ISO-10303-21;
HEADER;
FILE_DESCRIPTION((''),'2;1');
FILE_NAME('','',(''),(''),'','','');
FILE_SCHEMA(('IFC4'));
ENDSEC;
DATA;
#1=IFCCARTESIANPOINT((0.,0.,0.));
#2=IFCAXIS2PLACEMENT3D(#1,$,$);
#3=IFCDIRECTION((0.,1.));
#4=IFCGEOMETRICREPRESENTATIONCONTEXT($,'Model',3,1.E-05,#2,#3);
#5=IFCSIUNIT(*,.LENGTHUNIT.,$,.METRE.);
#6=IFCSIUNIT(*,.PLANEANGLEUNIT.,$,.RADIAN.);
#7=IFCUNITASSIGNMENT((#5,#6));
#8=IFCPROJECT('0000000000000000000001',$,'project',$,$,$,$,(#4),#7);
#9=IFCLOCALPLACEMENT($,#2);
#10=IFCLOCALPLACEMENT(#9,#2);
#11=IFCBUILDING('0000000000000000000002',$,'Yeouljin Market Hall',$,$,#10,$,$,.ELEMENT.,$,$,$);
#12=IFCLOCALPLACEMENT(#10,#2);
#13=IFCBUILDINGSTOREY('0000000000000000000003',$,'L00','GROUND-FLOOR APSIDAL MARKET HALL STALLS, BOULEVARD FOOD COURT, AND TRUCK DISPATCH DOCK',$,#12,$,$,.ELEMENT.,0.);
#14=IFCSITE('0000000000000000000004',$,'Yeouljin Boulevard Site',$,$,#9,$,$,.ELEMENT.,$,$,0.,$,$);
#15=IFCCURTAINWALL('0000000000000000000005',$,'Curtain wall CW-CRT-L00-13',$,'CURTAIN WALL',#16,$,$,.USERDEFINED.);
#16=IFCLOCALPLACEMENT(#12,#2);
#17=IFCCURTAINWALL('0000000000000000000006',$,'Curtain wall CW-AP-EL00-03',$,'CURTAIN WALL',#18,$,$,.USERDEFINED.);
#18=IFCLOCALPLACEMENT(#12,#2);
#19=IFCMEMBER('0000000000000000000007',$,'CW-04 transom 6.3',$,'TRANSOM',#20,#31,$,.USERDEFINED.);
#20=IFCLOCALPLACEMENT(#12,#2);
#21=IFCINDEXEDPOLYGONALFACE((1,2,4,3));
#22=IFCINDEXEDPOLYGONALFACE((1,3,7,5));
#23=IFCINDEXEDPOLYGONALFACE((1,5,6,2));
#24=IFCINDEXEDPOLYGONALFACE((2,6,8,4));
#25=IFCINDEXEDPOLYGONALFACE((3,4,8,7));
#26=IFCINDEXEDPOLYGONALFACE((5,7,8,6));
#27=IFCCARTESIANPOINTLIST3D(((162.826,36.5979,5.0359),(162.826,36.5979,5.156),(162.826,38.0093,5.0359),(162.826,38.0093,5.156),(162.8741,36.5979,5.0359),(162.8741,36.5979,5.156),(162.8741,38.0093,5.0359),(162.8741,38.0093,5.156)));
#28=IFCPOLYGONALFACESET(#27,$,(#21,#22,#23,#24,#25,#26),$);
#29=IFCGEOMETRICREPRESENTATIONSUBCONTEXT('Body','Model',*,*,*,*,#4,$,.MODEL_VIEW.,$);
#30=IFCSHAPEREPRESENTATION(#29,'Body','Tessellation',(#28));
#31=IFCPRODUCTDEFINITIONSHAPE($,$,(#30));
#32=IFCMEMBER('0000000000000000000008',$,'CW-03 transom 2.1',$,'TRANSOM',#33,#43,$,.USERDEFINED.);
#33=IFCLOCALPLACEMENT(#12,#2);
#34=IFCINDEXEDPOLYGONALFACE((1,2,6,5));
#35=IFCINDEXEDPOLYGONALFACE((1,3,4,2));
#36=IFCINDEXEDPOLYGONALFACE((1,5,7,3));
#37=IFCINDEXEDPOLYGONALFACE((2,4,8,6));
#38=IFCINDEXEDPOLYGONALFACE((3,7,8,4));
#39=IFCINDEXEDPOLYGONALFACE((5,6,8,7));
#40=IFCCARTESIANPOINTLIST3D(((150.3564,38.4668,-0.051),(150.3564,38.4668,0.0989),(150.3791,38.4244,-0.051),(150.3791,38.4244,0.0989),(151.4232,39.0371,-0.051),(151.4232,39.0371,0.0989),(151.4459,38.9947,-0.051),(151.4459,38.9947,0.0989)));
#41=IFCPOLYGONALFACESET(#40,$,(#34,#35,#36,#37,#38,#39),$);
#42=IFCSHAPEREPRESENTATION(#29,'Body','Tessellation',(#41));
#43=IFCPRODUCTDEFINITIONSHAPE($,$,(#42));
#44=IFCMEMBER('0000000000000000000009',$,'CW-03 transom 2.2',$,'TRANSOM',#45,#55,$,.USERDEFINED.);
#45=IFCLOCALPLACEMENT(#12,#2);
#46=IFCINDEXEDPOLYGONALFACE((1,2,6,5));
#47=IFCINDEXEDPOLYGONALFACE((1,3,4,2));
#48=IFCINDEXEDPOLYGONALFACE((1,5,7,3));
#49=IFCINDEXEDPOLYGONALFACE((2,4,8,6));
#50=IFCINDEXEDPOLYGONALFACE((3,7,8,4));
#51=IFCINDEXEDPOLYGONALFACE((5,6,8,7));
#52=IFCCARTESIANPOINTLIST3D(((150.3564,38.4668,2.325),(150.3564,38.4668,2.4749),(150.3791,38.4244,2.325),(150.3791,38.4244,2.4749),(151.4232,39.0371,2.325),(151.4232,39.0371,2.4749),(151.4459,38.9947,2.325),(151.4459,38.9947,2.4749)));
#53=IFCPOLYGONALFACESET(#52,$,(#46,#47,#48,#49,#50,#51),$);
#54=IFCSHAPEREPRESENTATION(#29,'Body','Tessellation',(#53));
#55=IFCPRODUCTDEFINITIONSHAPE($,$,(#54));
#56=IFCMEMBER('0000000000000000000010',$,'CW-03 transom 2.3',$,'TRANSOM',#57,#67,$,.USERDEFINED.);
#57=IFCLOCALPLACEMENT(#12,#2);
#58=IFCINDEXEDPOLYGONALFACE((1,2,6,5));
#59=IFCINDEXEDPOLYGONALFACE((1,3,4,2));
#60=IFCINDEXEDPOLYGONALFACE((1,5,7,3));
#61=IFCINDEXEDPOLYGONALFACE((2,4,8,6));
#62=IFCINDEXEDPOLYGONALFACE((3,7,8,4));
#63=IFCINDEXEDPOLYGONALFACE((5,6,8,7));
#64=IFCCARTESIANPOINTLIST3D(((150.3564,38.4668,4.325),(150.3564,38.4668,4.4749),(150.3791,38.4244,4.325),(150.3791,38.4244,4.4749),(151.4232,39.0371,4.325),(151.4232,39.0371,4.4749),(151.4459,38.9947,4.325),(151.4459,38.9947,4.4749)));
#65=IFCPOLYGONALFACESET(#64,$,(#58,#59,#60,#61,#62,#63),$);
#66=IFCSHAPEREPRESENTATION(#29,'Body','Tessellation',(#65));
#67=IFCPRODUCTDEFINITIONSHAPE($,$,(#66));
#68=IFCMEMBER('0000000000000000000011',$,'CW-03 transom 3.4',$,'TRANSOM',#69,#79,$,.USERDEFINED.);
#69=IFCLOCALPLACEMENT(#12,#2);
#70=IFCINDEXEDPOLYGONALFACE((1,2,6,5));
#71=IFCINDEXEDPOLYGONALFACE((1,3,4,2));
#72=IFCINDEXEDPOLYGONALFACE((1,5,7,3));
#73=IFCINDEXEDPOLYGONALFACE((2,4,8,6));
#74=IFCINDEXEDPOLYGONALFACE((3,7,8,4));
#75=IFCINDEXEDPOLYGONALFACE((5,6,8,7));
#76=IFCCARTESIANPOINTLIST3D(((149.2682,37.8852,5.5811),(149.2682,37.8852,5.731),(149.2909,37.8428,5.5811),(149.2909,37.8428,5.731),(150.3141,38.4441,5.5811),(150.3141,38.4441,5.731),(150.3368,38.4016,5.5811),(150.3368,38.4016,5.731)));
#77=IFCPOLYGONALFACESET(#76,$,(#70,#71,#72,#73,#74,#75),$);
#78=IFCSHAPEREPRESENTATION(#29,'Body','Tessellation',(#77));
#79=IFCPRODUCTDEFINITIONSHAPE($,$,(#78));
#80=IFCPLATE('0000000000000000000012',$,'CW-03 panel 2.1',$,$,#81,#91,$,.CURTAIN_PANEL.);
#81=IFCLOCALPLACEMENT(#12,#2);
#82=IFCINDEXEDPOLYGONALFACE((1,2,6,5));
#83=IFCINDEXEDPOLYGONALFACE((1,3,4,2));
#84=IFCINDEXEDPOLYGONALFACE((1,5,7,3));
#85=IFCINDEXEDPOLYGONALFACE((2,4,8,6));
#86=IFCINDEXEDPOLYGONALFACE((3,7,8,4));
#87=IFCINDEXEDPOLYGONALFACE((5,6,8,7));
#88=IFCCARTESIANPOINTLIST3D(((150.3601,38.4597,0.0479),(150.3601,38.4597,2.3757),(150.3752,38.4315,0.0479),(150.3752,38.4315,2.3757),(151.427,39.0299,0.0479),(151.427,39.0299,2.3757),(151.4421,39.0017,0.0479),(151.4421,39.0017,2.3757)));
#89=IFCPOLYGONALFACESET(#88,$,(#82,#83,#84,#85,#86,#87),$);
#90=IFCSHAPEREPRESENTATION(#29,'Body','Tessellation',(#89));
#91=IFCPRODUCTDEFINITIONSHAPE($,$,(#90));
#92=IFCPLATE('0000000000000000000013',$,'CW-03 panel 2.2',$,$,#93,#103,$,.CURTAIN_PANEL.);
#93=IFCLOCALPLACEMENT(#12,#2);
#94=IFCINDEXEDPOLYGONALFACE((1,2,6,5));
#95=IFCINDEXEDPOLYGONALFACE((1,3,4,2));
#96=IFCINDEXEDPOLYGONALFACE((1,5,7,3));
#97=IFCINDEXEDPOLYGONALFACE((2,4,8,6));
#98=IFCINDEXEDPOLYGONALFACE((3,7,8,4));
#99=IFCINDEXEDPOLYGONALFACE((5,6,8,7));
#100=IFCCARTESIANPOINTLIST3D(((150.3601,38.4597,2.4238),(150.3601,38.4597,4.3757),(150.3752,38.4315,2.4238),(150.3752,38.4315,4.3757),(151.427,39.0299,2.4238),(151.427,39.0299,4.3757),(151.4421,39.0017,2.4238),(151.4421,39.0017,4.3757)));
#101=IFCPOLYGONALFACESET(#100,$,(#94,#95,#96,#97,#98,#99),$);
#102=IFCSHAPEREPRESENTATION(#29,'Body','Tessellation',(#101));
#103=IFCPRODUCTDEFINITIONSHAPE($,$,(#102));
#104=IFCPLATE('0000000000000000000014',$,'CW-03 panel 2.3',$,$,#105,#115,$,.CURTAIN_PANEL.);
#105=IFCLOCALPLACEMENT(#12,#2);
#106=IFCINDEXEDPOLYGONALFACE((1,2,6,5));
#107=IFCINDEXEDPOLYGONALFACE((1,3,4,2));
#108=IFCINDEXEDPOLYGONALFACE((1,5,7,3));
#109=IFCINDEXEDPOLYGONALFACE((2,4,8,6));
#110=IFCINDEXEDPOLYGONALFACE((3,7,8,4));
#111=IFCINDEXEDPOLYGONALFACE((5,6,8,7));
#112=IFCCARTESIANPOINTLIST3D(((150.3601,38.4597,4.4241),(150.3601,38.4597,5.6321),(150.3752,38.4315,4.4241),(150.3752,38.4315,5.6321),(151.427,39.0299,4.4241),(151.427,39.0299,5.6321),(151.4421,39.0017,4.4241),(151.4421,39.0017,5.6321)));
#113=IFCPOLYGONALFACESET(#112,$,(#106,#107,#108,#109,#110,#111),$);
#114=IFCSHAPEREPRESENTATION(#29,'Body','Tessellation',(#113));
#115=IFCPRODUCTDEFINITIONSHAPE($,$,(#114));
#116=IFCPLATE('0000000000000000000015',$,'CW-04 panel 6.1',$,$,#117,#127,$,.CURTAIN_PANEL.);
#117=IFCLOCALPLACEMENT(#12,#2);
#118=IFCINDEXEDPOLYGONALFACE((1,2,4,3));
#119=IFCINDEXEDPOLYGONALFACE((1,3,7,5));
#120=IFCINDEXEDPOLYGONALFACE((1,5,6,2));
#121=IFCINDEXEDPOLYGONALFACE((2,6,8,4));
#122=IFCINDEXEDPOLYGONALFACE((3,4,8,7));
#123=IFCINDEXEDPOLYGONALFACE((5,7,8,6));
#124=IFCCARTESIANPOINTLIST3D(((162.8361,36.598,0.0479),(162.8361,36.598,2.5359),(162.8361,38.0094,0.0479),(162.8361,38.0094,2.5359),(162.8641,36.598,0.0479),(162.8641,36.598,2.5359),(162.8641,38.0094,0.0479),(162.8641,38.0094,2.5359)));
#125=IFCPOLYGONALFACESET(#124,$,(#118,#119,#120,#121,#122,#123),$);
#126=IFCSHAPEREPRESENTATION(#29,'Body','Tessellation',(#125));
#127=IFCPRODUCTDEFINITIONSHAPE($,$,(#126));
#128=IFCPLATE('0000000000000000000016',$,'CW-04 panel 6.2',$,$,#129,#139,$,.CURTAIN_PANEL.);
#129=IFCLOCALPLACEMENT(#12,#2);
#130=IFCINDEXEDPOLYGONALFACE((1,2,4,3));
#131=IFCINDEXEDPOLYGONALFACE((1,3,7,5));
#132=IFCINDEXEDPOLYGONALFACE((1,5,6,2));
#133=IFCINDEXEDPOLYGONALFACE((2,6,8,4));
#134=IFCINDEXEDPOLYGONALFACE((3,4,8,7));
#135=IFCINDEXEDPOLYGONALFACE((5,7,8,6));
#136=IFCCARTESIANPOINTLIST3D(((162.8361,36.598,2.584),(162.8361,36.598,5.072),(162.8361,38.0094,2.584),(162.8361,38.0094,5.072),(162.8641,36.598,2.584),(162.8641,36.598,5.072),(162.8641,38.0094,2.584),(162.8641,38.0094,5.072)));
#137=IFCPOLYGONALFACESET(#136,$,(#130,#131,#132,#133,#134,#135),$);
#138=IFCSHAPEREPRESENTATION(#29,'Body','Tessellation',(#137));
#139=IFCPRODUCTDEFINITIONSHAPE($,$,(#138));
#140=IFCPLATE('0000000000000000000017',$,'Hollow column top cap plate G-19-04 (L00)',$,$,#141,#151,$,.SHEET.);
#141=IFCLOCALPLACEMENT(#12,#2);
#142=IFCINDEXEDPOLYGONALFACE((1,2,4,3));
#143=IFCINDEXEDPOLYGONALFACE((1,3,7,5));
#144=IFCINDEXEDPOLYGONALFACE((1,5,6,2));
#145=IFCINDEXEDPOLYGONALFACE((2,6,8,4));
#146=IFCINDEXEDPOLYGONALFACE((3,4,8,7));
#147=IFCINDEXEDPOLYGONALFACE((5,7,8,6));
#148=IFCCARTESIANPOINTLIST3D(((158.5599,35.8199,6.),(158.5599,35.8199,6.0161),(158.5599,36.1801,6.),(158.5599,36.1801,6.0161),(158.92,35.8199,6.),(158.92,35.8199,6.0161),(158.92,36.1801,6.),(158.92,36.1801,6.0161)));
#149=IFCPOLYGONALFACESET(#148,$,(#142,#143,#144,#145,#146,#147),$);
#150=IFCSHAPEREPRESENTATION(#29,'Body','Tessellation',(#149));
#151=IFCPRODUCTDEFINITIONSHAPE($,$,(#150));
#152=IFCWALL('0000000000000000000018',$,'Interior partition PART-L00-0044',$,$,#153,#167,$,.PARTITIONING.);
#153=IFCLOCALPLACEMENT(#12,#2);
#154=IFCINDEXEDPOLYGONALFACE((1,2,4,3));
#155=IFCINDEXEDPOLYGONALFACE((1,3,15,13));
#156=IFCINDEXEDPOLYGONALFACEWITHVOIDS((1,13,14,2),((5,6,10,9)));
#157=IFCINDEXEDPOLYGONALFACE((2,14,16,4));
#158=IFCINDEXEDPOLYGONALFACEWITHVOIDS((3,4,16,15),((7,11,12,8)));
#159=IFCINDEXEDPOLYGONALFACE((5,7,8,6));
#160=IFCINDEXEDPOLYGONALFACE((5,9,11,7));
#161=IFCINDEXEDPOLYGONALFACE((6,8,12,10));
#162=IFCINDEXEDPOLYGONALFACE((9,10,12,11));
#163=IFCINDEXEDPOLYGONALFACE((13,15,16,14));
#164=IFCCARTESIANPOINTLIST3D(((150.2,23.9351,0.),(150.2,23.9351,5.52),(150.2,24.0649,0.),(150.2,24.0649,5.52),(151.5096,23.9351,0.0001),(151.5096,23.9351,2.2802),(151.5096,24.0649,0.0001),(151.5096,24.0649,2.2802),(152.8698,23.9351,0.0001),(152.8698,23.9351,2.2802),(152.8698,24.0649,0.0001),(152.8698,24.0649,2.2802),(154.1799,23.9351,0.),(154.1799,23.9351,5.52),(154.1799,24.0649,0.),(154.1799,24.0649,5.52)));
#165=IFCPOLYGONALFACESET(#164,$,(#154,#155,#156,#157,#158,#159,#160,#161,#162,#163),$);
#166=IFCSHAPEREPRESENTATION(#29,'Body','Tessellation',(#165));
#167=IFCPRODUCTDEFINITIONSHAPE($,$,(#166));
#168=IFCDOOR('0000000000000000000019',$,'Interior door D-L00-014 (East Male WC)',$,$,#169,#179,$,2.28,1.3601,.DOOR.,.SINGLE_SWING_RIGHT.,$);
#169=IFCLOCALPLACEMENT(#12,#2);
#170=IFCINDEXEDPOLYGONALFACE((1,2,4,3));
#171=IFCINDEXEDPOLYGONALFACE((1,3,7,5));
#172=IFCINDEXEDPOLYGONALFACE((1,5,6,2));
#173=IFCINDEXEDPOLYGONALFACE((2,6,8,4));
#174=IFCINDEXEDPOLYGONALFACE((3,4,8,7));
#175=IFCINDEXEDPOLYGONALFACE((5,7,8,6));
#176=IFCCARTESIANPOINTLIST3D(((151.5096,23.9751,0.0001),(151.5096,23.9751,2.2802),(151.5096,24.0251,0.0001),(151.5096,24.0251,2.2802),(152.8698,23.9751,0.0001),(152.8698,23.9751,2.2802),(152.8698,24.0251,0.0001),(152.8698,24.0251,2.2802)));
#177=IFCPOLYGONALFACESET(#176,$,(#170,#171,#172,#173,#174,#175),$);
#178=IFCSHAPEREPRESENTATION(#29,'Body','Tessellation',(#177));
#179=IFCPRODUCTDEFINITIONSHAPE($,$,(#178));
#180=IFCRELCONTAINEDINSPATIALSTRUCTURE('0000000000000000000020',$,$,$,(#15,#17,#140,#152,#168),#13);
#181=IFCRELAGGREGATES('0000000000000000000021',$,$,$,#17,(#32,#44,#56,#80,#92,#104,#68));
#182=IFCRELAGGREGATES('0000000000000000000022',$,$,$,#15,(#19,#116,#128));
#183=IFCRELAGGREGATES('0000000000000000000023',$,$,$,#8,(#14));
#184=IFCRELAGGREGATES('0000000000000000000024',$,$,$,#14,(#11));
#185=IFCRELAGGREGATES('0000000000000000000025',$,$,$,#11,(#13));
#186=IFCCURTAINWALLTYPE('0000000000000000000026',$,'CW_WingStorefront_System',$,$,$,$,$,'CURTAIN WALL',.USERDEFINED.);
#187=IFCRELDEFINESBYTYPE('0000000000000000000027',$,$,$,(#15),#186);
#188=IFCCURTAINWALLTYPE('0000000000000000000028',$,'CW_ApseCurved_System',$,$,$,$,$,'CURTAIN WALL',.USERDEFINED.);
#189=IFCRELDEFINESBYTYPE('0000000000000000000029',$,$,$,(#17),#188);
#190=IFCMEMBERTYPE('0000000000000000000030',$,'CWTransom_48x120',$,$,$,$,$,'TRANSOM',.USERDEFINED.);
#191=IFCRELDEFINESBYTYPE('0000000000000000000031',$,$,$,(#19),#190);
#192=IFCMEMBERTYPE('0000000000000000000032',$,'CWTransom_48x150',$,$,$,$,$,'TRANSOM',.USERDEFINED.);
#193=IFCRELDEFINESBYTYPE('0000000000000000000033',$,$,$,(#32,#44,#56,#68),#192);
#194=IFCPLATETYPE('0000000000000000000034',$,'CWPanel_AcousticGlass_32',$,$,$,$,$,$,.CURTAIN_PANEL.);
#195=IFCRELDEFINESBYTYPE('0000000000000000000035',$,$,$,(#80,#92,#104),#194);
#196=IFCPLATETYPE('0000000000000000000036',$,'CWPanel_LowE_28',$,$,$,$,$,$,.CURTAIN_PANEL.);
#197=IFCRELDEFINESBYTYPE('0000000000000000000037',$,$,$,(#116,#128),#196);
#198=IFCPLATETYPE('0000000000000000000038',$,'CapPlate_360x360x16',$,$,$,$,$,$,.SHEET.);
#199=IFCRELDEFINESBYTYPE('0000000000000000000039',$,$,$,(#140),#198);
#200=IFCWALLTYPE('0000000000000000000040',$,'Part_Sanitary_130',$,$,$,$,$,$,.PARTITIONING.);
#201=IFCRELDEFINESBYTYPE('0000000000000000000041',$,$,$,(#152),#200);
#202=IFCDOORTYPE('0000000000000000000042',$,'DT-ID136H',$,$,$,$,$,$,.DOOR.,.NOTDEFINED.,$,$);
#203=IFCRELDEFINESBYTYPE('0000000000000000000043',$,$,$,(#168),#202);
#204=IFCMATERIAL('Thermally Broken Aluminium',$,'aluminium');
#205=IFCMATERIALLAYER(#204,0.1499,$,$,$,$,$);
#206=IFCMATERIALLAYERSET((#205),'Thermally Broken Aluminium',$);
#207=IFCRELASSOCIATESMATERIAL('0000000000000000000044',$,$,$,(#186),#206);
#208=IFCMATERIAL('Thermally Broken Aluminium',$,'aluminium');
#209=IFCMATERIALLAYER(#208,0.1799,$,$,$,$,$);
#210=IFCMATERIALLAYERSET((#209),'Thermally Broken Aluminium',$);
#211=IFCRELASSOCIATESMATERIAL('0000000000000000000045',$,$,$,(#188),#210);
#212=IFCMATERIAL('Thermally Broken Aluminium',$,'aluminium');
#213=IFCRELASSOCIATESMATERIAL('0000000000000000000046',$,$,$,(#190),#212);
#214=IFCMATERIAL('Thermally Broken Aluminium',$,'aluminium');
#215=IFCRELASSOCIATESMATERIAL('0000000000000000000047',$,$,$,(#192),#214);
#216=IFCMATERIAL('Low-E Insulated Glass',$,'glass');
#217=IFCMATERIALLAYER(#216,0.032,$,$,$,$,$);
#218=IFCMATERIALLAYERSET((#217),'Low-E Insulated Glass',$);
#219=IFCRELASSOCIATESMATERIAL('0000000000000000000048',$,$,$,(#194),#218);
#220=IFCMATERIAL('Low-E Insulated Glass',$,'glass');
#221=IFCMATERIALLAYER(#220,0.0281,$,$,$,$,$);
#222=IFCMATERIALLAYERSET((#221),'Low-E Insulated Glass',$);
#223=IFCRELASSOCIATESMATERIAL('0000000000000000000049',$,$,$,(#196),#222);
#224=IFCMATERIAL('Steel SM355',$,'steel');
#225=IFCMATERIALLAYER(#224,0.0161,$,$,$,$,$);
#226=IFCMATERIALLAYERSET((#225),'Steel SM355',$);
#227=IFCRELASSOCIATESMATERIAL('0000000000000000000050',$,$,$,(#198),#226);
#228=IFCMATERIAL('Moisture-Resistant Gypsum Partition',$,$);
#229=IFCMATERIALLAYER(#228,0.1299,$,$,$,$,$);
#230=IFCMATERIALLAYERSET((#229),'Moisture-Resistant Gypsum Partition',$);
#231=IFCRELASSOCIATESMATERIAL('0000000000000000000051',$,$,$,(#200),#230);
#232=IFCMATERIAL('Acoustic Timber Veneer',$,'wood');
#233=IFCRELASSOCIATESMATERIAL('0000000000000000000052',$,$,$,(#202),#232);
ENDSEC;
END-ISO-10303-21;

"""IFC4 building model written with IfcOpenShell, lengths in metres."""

from ifc_helpers import new_model, si_unit, direction, frame, frame_2d, origin, origin_2d, place, context, subcontext, project, spatial, rectangle, extrude, material, layer, layer_set, material_profile, profile_set, type_object, element, fill, aggregate, save


model = new_model("IFC4")

# Units and contexts
model_context = context("Model", 3, precision=1e-05, world=origin(), true_north=direction((0.0, 1.0)))
body_context = subcontext(model_context, "Body", "Model", "MODEL_VIEW")
ifc_project = project(units=[si_unit("LENGTHUNIT", "METRE"), si_unit("PLANEANGLEUNIT", "RADIAN")], contexts=[model_context])

# Site, building, storey
site_placement = place(None, origin())
site = spatial("IfcSite", under=ifc_project, at=site_placement, Name="Yeouljin Boulevard Site", CompositionType="ELEMENT", RefElevation=0.0)
building_placement = place(site_placement, origin())
building = spatial("IfcBuilding", under=site, at=building_placement, Name="Yeouljin Market Hall", CompositionType="ELEMENT")
storey_placement = place(building_placement, origin())
storey = spatial("IfcBuildingStorey", under=building, at=storey_placement, Name="L00", Description="GROUND-FLOOR APSIDAL MARKET HALL STALLS, BOULEVARD FOOD COURT, AND TRUCK DISPATCH DOCK", CompositionType="ELEMENT", Elevation=0.0)

# Curtain wall
ifc_material_1 = material(Name="Thermally Broken Aluminium", Category="aluminium")
ifc_layer_1 = layer(ifc_material_1, 0.1499)
ifc_layer_set_1 = layer_set([ifc_layer_1], Name="Thermally Broken Aluminium")
curtain_wall_type_1 = type_object("IfcCurtainWallType", Name="CW_WingStorefront_System", ElementType="CURTAIN WALL", PredefinedType="USERDEFINED", material=ifc_layer_set_1)
curtain_wall_1_placement = place(storey_placement, origin())
curtain_wall_1 = element("IfcCurtainWall", 1, at=curtain_wall_1_placement, inside=storey, type_object=curtain_wall_type_1, Name="Curtain wall CW-CRT-L00-13", ObjectType="CURTAIN WALL", PredefinedType="USERDEFINED")

# Curtain wall
ifc_material_2 = material(Name="Thermally Broken Aluminium", Category="aluminium")
ifc_layer_2 = layer(ifc_material_2, 0.1799)
ifc_layer_set_2 = layer_set([ifc_layer_2], Name="Thermally Broken Aluminium")
curtain_wall_type_2 = type_object("IfcCurtainWallType", Name="CW_ApseCurved_System", ElementType="CURTAIN WALL", PredefinedType="USERDEFINED", material=ifc_layer_set_2)
curtain_wall_2_placement = place(storey_placement, origin())
curtain_wall_2 = element("IfcCurtainWall", 2, at=curtain_wall_2_placement, inside=storey, type_object=curtain_wall_type_2, Name="Curtain wall CW-AP-EL00-03", ObjectType="CURTAIN WALL", PredefinedType="USERDEFINED")

# Members
ifc_material_3 = material(Name="Thermally Broken Aluminium", Category="aluminium")
ifc_material_profile_1 = material_profile(ifc_material_3, rectangle(XDim=0.0481, YDim=0.1201, at=origin_2d()), Name="CW-TRAN-48x120")
ifc_profile_set_1 = profile_set([ifc_material_profile_1], Name="Thermally Broken Aluminium")
member_type_1 = type_object("IfcMemberType", Name="CWTransom_48x120", ElementType="TRANSOM", PredefinedType="USERDEFINED", material=ifc_profile_set_1)
member_1_placement = place(storey_placement, frame((162.8501, 38.0093, 5.0959), z_axis=(0.0, -1.0, 0.0), x_axis=(1.0, 0.0, 0.0)))
member_1 = element("IfcMember", 3, at=member_1_placement, type_object=member_type_1, Name="CW-04 transom 6.3", ObjectType="TRANSOM", PredefinedType="USERDEFINED", context=body_context, shape_type="SweptSolid", body=[
    extrude(rectangle(XDim=0.0481, YDim=0.1201, at=origin_2d()), origin(), (0.0, 0.0, 1.0), 1.4114),
])
ifc_material_4 = material(Name="Thermally Broken Aluminium", Category="aluminium")
ifc_material_profile_2 = material_profile(ifc_material_4, rectangle(XDim=0.0481, YDim=0.1499, at=origin_2d()), Name="CW-TRAN-48x150")
ifc_profile_set_2 = profile_set([ifc_material_profile_2], Name="Thermally Broken Aluminium")
member_type_2 = type_object("IfcMemberType", Name="CWTransom_48x150", ElementType="TRANSOM", PredefinedType="USERDEFINED", material=ifc_profile_set_2)
member_2_placement = place(storey_placement, frame((151.4346, 39.0159, 0.0239), z_axis=(-0.881906, -0.471426, 0.0), x_axis=(0.471426, -0.881906, 0.0)))
member_2 = element("IfcMember", 4, at=member_2_placement, type_object=member_type_2, Name="CW-03 transom 2.1", ObjectType="TRANSOM", PredefinedType="USERDEFINED", context=body_context, shape_type="SweptSolid", body=[
    extrude(rectangle(XDim=0.0481, YDim=0.1499, at=origin_2d()), origin(), (0.0, 0.0, 1.0), 1.2097),
])
member_3_placement = place(storey_placement, frame((151.4346, 39.0159, 2.3999), z_axis=(-0.881906, -0.471426, 0.0), x_axis=(0.471426, -0.881906, 0.0)))
member_3 = element("IfcMember", 5, at=member_3_placement, type_object=member_type_2, Name="CW-03 transom 2.2", ObjectType="TRANSOM", PredefinedType="USERDEFINED", context=body_context, shape_type="SweptSolid", body=[
    extrude(rectangle(XDim=0.0481, YDim=0.1499, at=origin_2d()), origin(), (0.0, 0.0, 1.0), 1.2097),
])
member_4_placement = place(storey_placement, frame((151.4346, 39.0159, 4.3999), z_axis=(-0.881906, -0.471426, 0.0), x_axis=(0.471426, -0.881906, 0.0)))
member_4 = element("IfcMember", 6, at=member_4_placement, type_object=member_type_2, Name="CW-03 transom 2.3", ObjectType="TRANSOM", PredefinedType="USERDEFINED", context=body_context, shape_type="SweptSolid", body=[
    extrude(rectangle(XDim=0.0481, YDim=0.1499, at=origin_2d()), origin(), (0.0, 0.0, 1.0), 1.2097),
])
member_5_placement = place(storey_placement, frame((150.3254, 38.4229, 5.656), z_axis=(-0.881994, -0.471261, 0.0), x_axis=(0.471261, -0.881994, 0.0)))
member_5 = element("IfcMember", 7, at=member_5_placement, type_object=member_type_2, Name="CW-03 transom 3.4", ObjectType="TRANSOM", PredefinedType="USERDEFINED", context=body_context, shape_type="SweptSolid", body=[
    extrude(rectangle(XDim=0.0481, YDim=0.1499, at=origin_2d()), origin(), (0.0, 0.0, 1.0), 1.1858),
])

# Plates
ifc_material_5 = material(Name="Low-E Insulated Glass", Category="glass")
ifc_layer_3 = layer(ifc_material_5, 0.032)
ifc_layer_set_3 = layer_set([ifc_layer_3], Name="Low-E Insulated Glass")
plate_type_1 = type_object("IfcPlateType", Name="CWPanel_AcousticGlass_32", PredefinedType="CURTAIN_PANEL", material=ifc_layer_set_3)
plate_1_placement = place(storey_placement, frame((150.9011, 38.7307, 0.0479), z_axis=(0.0, 0.0, 1.0), x_axis=(-0.881931, -0.471378, 0.0)))
plate_1 = element("IfcPlate", 8, at=plate_1_placement, type_object=plate_type_1, Name="CW-03 panel 2.1", PredefinedType="CURTAIN_PANEL", context=body_context, shape_type="SweptSolid", body=[
    extrude(rectangle(XDim=1.2097, YDim=0.032, at=origin_2d()), origin(), (0.0, 0.0, 1.0), 2.3279),
])
plate_2_placement = place(storey_placement, frame((150.9011, 38.7307, 2.4238), z_axis=(0.0, 0.0, 1.0), x_axis=(-0.881931, -0.471378, 0.0)))
plate_2 = element("IfcPlate", 9, at=plate_2_placement, type_object=plate_type_1, Name="CW-03 panel 2.2", PredefinedType="CURTAIN_PANEL", context=body_context, shape_type="SweptSolid", body=[
    extrude(rectangle(XDim=1.2097, YDim=0.032, at=origin_2d()), origin(), (0.0, 0.0, 1.0), 1.9519),
])
plate_3_placement = place(storey_placement, frame((150.9011, 38.7307, 4.4241), z_axis=(0.0, 0.0, 1.0), x_axis=(-0.881931, -0.471378, 0.0)))
plate_3 = element("IfcPlate", 10, at=plate_3_placement, type_object=plate_type_1, Name="CW-03 panel 2.3", PredefinedType="CURTAIN_PANEL", context=body_context, shape_type="SweptSolid", body=[
    extrude(rectangle(XDim=1.2097, YDim=0.032, at=origin_2d()), origin(), (0.0, 0.0, 1.0), 1.208),
])
aggregate(curtain_wall_2, [member_2, member_3, member_4, plate_1, plate_2, plate_3, member_5])
ifc_material_6 = material(Name="Low-E Insulated Glass", Category="glass")
ifc_layer_4 = layer(ifc_material_6, 0.0281)
ifc_layer_set_4 = layer_set([ifc_layer_4], Name="Low-E Insulated Glass")
plate_type_2 = type_object("IfcPlateType", Name="CWPanel_LowE_28", PredefinedType="CURTAIN_PANEL", material=ifc_layer_set_4)
plate_4_placement = place(storey_placement, frame((162.8501, 37.3037, 0.0479), z_axis=(0.0, 0.0, 1.0), x_axis=(0.0, -1.0, 0.0)))
plate_4 = element("IfcPlate", 11, at=plate_4_placement, type_object=plate_type_2, Name="CW-04 panel 6.1", PredefinedType="CURTAIN_PANEL", context=body_context, shape_type="SweptSolid", body=[
    extrude(rectangle(XDim=1.4114, YDim=0.0281, at=origin_2d()), origin(), (0.0, 0.0, 1.0), 2.488),
])
plate_5_placement = place(storey_placement, frame((162.8501, 37.3037, 2.584), z_axis=(0.0, 0.0, 1.0), x_axis=(0.0, -1.0, 0.0)))
plate_5 = element("IfcPlate", 12, at=plate_5_placement, type_object=plate_type_2, Name="CW-04 panel 6.2", PredefinedType="CURTAIN_PANEL", context=body_context, shape_type="SweptSolid", body=[
    extrude(rectangle(XDim=1.4114, YDim=0.0281, at=origin_2d()), origin(), (0.0, 0.0, 1.0), 2.488),
])
aggregate(curtain_wall_1, [member_1, plate_4, plate_5])
ifc_material_7 = material(Name="Steel SM355", Category="steel")
ifc_layer_5 = layer(ifc_material_7, 0.0161)
ifc_layer_set_5 = layer_set([ifc_layer_5], Name="Steel SM355")
plate_type_3 = type_object("IfcPlateType", Name="CapPlate_360x360x16", PredefinedType="SHEET", material=ifc_layer_set_5)
plate_6_placement = place(storey_placement, frame((158.74, 36.0, 6.0), z_axis=(0.0, 0.0, 1.0), x_axis=(1.0, 0.0, 0.0)))
element("IfcPlate", 13, at=plate_6_placement, inside=storey, type_object=plate_type_3, Name="Hollow column top cap plate G-19-04 (L00)", PredefinedType="SHEET", context=body_context, shape_type="SweptSolid", body=[
    extrude(rectangle(XDim=0.3601, YDim=0.3601, at=origin_2d()), origin(), (0.0, 0.0, 1.0), 0.0161),
])

# Wall, opening, door
ifc_material_8 = material(Name="Moisture-Resistant Gypsum Partition")
ifc_layer_6 = layer(ifc_material_8, 0.1299)
ifc_layer_set_6 = layer_set([ifc_layer_6], Name="Moisture-Resistant Gypsum Partition")
wall_type_1 = type_object("IfcWallType", Name="Part_Sanitary_130", PredefinedType="PARTITIONING", material=ifc_layer_set_6)
wall_1_placement = place(storey_placement, frame((154.1799, 24.0, 0.0), z_axis=(0.0, 0.0, 1.0), x_axis=(-1.0, 0.0, 0.0)))
wall_1 = element("IfcWall", 14, at=wall_1_placement, inside=storey, type_object=wall_type_1, Name="Interior partition PART-L00-0044", PredefinedType="PARTITIONING", context=body_context, shape_type="SweptSolid", body=[
    extrude(rectangle(XDim=3.98, YDim=0.1299, at=frame_2d((1.99, 0.0))), origin(), (0.0, 0.0, 1.0), 5.52),
])
opening_1_placement = place(wall_1_placement, frame((1.3101, 0.0, 0.0)))
opening_1 = element("IfcOpeningElement", 15, at=opening_1_placement, cuts=wall_1, PredefinedType="OPENING", context=body_context, shape_type="SweptSolid", body=[
    extrude(rectangle(XDim=1.3601, YDim=2.28, at=frame_2d((0.6802, 1.1401))), frame((0.0, 0.075, 0.0), z_axis=(0.0, -1.0, 0.0), x_axis=(1.0, 0.0, 0.0)), (0.0, 0.0, 1.0), 0.1499),
])
ifc_material_9 = material(Name="Acoustic Timber Veneer", Category="wood")
door_type_1 = type_object("IfcDoorType", Name="DT-ID136H", OperationType="NOTDEFINED", PredefinedType="DOOR", material=ifc_material_9)
door_1_placement = place(opening_1_placement, origin())
door_1 = element("IfcDoor", 16, at=door_1_placement, inside=storey, type_object=door_type_1, Name="Interior door D-L00-014 (East Male WC)", OperationType="SINGLE_SWING_RIGHT", OverallHeight=2.28, OverallWidth=1.3601, PredefinedType="DOOR", context=body_context, shape_type="SweptSolid", body=[
    extrude(rectangle(XDim=1.3601, YDim=2.28, at=frame_2d((0.6802, 1.1401))), frame((0.0, 0.0249, 0.0), z_axis=(0.0, -1.0, 0.0), x_axis=(1.0, 0.0, 0.0)), (0.0, 0.0, 1.0), 0.05),
])
fill(opening_1, door_1)

save(model, "model.ifc")
